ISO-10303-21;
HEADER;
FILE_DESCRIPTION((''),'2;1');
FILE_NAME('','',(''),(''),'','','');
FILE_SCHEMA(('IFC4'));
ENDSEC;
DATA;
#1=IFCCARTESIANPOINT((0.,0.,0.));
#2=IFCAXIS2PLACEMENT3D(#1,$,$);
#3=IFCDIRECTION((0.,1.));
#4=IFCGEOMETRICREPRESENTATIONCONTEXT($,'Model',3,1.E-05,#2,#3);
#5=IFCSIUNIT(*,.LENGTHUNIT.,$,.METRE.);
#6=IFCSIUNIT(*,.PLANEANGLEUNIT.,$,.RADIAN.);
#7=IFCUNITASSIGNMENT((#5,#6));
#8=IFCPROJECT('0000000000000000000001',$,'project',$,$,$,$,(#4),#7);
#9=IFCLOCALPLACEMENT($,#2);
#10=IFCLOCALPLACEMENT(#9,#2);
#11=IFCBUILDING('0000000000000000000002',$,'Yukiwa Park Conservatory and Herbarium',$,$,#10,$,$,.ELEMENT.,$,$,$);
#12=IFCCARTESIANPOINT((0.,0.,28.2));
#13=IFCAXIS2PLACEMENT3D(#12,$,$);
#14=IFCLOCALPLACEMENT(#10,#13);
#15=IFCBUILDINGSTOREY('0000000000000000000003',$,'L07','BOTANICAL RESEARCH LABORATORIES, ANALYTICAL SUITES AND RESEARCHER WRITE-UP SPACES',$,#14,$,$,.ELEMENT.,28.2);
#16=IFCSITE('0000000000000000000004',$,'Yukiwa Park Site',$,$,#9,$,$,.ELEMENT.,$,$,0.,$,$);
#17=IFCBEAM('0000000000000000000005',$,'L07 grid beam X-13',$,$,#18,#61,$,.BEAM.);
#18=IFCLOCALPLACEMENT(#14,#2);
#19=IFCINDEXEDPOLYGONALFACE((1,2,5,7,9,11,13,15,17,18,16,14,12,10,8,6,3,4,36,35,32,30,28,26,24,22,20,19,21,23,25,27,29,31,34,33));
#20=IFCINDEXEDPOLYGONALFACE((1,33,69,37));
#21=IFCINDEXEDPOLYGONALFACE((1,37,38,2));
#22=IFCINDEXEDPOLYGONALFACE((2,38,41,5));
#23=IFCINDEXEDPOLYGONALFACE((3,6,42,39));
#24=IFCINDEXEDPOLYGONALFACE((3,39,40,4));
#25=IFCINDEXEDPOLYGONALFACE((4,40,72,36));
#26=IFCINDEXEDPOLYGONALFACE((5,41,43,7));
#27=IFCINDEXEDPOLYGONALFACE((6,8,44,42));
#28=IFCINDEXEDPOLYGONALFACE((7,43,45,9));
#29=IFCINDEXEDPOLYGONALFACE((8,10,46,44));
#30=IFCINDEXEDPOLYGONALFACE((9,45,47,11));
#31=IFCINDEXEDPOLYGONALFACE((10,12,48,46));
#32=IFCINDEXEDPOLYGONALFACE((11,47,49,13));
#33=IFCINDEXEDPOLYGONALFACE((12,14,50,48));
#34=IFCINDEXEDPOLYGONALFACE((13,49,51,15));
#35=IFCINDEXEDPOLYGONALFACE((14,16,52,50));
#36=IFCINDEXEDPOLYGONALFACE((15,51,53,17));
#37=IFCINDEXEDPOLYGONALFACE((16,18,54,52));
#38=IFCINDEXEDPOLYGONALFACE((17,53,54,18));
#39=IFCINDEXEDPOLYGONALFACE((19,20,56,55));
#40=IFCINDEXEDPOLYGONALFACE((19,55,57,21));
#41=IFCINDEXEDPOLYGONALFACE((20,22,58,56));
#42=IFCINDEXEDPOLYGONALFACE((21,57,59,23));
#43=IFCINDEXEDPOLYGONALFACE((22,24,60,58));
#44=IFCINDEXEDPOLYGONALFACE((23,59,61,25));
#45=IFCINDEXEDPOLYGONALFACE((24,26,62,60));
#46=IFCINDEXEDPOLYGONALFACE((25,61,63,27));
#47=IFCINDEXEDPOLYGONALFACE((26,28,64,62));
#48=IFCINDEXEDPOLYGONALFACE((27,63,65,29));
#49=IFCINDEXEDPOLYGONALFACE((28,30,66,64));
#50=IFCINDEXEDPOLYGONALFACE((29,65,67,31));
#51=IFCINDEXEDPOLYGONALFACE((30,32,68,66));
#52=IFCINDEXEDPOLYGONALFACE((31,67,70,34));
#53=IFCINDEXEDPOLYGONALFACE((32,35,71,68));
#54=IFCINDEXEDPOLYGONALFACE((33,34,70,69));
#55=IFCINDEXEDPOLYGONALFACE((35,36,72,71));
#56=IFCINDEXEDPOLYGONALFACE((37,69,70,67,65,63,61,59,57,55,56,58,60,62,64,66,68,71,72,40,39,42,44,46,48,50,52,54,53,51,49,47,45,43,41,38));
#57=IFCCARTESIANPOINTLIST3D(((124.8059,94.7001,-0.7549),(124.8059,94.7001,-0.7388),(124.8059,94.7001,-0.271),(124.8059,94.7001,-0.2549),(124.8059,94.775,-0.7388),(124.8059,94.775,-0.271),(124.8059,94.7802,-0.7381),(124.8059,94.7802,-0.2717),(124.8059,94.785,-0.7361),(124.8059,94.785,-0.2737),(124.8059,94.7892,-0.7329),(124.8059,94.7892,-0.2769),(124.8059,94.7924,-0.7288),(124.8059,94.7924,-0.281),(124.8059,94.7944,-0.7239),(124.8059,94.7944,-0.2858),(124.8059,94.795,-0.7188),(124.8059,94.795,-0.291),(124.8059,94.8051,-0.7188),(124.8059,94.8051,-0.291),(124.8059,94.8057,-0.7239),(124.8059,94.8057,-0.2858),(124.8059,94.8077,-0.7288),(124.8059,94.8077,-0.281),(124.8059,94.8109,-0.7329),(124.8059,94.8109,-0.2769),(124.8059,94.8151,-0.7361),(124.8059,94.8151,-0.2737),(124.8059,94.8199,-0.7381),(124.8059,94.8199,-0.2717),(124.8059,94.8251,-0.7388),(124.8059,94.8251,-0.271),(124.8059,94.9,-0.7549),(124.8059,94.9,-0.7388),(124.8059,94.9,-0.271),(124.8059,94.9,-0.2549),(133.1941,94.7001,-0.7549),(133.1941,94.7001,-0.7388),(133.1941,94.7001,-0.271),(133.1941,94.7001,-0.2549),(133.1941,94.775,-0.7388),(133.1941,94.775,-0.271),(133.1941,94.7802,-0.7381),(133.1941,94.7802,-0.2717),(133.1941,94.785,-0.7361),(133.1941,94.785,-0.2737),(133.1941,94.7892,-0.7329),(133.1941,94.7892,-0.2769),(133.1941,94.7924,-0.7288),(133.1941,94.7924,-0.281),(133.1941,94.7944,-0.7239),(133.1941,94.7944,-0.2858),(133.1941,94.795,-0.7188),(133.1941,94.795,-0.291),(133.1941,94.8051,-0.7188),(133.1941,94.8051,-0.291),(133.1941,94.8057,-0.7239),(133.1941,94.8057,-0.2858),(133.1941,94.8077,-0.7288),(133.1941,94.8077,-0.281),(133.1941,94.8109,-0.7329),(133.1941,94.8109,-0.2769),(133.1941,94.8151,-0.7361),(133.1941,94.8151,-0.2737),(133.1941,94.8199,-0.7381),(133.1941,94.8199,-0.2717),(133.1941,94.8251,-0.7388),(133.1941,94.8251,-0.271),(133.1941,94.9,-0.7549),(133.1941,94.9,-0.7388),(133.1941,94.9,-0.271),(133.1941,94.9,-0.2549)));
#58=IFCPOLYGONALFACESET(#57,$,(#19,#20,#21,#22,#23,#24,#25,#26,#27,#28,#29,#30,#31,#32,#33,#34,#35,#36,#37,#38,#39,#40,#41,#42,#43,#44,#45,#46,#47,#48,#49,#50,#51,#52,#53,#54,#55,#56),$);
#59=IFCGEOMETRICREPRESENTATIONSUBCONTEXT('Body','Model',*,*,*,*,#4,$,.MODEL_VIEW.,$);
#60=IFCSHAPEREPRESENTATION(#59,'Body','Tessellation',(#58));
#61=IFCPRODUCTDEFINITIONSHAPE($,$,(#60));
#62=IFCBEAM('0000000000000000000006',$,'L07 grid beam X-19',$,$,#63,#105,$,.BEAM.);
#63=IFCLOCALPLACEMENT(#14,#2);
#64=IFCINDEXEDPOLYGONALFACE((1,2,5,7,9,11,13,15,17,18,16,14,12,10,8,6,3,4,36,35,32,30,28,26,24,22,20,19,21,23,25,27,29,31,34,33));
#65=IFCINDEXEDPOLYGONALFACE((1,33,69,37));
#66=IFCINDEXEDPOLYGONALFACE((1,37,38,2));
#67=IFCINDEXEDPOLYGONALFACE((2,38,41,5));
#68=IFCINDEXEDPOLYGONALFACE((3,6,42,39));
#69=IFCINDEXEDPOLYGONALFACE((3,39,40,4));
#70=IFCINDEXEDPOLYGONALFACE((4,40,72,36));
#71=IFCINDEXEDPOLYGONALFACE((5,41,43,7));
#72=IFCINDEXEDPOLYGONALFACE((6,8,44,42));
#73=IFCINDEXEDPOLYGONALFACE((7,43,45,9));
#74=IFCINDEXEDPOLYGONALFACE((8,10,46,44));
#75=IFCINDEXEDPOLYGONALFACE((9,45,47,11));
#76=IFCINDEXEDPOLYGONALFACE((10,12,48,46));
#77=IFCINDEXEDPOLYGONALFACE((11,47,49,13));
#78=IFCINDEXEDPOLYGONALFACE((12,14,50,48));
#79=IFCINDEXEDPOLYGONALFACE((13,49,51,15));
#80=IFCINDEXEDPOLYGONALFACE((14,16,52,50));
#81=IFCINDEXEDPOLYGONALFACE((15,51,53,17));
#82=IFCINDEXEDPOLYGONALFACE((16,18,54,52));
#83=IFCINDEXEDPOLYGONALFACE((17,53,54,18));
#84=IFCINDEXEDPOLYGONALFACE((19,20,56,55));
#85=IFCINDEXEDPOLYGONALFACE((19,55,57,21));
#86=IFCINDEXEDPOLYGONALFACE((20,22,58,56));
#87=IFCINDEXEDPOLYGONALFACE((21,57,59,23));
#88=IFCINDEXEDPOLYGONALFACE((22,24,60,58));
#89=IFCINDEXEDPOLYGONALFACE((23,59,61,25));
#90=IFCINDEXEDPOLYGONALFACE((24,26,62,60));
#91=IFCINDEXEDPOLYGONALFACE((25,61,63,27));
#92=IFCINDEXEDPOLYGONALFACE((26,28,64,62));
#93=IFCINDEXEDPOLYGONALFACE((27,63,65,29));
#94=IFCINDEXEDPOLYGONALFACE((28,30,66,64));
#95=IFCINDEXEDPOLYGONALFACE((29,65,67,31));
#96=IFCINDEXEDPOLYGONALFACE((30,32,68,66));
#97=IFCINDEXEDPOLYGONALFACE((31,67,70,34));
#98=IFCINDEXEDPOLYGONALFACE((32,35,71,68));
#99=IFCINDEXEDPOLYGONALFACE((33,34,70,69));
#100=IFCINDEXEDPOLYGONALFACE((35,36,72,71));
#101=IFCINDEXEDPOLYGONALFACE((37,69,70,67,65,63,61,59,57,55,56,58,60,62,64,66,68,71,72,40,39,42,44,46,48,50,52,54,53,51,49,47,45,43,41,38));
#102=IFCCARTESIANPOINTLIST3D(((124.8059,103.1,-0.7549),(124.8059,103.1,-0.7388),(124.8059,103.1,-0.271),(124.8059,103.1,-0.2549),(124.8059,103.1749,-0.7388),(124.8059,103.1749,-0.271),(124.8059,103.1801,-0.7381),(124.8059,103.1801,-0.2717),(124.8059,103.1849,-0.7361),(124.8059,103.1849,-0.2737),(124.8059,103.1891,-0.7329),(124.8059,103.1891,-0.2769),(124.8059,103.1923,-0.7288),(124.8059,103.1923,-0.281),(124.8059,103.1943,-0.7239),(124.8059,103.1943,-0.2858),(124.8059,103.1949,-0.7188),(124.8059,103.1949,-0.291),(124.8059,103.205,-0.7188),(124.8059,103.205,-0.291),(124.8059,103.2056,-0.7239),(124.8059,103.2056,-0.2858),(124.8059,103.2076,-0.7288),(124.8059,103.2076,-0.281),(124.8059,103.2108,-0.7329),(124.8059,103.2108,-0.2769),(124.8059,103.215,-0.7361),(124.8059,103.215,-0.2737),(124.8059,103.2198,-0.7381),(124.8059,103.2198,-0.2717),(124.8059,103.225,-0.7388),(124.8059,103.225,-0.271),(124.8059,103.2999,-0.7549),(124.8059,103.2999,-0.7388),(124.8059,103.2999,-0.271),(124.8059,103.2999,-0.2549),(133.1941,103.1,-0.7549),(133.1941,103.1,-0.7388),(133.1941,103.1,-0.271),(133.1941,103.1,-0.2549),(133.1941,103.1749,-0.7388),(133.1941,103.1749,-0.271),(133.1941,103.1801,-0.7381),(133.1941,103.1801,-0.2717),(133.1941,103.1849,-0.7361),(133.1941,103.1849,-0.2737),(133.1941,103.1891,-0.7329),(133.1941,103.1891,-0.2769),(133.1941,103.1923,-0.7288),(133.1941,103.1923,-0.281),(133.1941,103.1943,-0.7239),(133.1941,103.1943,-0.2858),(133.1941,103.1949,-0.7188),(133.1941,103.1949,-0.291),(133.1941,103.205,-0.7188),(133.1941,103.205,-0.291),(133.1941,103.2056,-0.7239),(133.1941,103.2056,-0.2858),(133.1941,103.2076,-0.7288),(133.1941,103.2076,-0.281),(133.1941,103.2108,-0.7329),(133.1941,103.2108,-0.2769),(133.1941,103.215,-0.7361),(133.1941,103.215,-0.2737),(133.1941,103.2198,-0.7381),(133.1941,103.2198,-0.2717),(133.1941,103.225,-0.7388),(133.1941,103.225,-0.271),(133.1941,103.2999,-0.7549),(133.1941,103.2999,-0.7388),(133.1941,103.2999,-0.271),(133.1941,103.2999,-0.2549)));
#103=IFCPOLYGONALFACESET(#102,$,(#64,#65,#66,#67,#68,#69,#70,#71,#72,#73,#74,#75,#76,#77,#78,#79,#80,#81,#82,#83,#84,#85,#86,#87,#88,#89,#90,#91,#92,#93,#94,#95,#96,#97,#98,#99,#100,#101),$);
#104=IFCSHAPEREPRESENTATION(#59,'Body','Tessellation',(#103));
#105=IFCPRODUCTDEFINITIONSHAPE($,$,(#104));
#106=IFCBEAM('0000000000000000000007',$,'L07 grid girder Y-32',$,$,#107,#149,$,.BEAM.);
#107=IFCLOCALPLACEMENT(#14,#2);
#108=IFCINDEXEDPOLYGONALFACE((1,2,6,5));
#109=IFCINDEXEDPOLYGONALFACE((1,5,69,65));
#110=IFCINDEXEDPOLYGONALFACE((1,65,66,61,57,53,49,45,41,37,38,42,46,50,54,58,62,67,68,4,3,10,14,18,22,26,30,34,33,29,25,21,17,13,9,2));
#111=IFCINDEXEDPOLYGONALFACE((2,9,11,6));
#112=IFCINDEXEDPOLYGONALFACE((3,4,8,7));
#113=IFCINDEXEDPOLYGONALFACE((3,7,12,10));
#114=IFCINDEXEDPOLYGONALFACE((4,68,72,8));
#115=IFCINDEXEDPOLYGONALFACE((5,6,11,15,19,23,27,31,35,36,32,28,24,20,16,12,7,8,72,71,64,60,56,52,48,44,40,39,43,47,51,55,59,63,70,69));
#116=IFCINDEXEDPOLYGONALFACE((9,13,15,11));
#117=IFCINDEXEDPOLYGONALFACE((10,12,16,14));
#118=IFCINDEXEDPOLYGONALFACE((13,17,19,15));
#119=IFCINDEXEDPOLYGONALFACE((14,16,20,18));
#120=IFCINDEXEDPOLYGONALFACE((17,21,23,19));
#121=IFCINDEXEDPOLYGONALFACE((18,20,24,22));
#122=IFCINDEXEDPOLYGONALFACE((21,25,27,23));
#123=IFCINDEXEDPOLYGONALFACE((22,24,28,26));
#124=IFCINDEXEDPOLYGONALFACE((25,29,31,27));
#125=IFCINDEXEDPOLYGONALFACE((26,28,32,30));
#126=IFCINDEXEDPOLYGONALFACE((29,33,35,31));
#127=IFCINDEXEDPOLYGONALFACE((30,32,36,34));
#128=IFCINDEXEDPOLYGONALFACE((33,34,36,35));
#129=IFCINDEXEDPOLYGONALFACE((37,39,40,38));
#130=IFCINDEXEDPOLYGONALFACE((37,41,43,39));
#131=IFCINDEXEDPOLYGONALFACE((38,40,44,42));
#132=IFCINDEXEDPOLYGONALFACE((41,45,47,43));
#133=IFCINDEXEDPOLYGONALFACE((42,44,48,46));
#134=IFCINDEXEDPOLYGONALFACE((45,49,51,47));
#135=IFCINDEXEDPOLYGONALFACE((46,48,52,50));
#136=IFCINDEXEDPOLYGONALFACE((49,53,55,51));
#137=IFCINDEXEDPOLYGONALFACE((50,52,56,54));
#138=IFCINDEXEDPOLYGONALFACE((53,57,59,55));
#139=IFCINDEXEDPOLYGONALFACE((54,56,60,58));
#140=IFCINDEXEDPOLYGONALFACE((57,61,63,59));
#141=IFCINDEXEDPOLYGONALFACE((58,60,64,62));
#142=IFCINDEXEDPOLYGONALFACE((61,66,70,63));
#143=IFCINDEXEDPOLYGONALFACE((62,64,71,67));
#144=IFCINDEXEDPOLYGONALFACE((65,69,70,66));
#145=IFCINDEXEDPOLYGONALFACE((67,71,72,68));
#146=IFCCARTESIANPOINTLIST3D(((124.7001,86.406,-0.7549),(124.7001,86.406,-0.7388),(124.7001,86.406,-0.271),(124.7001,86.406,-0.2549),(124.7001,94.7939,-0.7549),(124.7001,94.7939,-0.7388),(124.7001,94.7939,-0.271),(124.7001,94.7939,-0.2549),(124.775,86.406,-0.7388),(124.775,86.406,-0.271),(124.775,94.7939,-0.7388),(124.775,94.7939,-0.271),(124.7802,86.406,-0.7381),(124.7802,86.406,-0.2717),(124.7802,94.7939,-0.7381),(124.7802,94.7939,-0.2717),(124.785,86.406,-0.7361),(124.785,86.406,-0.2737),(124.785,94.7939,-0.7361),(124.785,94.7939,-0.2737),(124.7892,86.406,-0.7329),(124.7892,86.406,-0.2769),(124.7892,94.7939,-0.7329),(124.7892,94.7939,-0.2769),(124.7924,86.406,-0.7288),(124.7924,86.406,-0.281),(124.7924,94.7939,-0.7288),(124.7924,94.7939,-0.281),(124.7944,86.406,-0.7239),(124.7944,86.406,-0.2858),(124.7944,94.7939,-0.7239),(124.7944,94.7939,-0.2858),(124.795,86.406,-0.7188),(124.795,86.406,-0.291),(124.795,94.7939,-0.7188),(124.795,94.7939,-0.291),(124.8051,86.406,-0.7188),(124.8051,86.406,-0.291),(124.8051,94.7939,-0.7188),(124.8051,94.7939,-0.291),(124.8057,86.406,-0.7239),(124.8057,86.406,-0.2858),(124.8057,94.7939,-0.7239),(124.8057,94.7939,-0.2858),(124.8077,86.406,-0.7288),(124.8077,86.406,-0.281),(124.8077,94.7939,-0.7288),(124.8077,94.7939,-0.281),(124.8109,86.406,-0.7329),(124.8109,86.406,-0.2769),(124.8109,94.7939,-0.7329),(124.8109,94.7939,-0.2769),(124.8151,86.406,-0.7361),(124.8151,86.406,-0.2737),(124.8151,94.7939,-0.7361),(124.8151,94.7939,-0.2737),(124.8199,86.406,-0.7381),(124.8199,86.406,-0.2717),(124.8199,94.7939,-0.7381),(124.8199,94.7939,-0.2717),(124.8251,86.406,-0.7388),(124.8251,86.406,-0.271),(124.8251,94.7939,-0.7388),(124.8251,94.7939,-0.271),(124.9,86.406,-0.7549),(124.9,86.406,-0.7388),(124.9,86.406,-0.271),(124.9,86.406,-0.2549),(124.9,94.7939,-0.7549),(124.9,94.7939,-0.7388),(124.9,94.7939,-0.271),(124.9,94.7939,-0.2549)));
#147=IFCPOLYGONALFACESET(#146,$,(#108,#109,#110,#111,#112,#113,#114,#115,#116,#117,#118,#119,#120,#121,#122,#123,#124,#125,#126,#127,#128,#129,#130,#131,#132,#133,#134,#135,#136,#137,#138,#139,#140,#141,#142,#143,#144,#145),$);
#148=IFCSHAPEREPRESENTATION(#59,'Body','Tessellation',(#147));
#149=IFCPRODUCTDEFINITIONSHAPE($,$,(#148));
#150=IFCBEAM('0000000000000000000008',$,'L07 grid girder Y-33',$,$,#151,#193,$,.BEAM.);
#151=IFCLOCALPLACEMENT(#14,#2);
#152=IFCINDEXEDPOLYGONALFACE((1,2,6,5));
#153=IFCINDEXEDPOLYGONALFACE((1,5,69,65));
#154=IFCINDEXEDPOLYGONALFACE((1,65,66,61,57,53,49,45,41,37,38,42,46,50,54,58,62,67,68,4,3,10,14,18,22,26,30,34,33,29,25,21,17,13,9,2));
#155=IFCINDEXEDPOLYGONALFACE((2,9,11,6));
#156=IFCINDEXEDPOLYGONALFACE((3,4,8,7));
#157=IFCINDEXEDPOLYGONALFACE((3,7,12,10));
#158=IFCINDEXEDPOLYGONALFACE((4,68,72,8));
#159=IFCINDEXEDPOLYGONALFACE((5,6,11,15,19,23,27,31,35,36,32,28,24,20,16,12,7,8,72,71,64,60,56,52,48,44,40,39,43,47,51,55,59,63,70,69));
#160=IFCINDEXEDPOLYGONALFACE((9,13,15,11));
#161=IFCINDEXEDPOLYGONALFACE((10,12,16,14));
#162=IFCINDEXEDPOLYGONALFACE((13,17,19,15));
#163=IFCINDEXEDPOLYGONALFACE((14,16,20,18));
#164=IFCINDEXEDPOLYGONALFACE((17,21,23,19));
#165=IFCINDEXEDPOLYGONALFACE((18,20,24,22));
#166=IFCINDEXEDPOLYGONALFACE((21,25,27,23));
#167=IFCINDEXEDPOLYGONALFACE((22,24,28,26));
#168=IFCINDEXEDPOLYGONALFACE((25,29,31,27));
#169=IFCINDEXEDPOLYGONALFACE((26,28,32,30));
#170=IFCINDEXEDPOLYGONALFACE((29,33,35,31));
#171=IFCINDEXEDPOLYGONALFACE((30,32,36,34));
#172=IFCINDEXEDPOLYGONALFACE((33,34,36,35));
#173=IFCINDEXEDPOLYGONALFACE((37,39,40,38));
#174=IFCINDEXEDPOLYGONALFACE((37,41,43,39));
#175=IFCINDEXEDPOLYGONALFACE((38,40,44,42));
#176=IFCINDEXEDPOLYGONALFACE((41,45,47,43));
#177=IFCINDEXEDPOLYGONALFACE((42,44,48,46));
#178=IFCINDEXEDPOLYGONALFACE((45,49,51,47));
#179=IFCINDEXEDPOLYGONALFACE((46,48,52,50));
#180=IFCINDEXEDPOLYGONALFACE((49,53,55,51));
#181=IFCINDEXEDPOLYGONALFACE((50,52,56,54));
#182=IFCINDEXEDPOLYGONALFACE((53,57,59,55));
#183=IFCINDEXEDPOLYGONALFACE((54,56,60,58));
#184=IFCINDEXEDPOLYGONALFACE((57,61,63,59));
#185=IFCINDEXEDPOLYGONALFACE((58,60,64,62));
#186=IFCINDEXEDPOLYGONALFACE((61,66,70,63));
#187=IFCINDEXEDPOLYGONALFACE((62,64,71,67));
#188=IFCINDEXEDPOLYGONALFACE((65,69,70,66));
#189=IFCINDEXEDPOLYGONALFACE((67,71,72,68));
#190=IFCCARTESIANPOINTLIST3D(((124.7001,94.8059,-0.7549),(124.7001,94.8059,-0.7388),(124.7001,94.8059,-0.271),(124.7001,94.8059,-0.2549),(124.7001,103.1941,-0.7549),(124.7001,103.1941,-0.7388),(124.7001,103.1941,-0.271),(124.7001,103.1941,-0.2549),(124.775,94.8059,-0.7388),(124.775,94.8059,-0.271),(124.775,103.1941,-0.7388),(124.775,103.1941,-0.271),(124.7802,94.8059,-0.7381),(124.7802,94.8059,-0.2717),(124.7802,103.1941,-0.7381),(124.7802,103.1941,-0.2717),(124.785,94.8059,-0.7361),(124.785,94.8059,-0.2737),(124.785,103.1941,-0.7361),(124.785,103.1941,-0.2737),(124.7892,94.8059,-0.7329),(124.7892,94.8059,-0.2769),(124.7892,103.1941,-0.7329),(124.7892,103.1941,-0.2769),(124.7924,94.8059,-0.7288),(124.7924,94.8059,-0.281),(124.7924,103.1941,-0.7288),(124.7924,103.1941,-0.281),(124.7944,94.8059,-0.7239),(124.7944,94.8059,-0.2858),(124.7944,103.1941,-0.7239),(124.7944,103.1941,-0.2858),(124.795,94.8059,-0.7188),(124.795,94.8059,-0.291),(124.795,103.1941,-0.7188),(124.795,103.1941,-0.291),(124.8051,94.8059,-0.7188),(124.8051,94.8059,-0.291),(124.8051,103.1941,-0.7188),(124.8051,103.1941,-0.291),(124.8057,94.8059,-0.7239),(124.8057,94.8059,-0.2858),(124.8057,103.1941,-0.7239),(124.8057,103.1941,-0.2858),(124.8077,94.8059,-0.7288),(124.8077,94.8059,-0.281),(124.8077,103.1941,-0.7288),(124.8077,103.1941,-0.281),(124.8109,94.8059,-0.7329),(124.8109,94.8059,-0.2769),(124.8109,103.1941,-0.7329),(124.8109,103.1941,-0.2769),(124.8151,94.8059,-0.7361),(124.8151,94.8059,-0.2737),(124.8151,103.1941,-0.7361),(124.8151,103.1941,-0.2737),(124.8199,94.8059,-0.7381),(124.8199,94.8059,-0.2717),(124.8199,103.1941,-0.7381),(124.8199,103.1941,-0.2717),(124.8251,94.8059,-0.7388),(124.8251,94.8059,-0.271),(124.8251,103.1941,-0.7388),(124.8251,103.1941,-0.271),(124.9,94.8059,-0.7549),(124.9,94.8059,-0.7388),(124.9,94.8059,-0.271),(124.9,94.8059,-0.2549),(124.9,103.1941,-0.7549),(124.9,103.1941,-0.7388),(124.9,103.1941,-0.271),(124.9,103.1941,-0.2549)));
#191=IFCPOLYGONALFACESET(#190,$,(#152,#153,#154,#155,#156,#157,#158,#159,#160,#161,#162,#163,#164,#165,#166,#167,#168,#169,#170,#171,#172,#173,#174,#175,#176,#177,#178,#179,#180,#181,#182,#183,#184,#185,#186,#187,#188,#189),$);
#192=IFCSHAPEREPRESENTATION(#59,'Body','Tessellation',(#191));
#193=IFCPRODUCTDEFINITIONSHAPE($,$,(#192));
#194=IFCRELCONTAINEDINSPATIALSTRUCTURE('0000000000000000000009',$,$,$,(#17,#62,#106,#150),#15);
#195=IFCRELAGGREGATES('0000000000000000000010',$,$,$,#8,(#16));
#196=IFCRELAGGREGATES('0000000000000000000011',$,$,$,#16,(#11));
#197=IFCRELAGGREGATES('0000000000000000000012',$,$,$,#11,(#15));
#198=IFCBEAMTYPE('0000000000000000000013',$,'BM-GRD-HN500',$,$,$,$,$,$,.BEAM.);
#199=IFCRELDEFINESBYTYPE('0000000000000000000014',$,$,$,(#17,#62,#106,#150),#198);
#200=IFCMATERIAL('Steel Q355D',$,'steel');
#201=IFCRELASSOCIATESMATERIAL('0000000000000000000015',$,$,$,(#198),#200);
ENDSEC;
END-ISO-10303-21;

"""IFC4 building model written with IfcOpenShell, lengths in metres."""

from ifc_helpers import new_model, si_unit, direction, frame, origin, origin_2d, place, context, subcontext, project, spatial, i_section, extrude, material, material_profile, profile_set, type_object, element, save


model = new_model("IFC4")

# Units and contexts
model_context = context("Model", 3, precision=1e-05, world=origin(), true_north=direction((0.0, 1.0)))
body_context = subcontext(model_context, "Body", "Model", "MODEL_VIEW")
ifc_project = project(units=[si_unit("LENGTHUNIT", "METRE"), si_unit("PLANEANGLEUNIT", "RADIAN")], contexts=[model_context])

# Site, building, storey
site_placement = place(None, origin())
site = spatial("IfcSite", under=ifc_project, at=site_placement, Name="Yukiwa Park Site", CompositionType="ELEMENT", RefElevation=0.0)
building_placement = place(site_placement, origin())
building = spatial("IfcBuilding", under=site, at=building_placement, Name="Yukiwa Park Conservatory and Herbarium", CompositionType="ELEMENT")
storey_placement = place(building_placement, frame((0.0, 0.0, 28.2)))
storey = spatial("IfcBuildingStorey", under=building, at=storey_placement, Name="L07", Description="BOTANICAL RESEARCH LABORATORIES, ANALYTICAL SUITES AND RESEARCHER WRITE-UP SPACES", CompositionType="ELEMENT", Elevation=28.2)

# Beams
ifc_material_1 = material(Name="Steel Q355D", Category="steel")
ifc_material_profile_1 = material_profile(ifc_material_1, i_section(OverallWidth=0.2, OverallDepth=0.5, WebThickness=0.01, FlangeThickness=0.0161, FilletRadius=0.02, at=origin_2d()), Name="HN 500x200x10x16")
ifc_profile_set_1 = profile_set([ifc_material_profile_1], Name="Steel Q355D")
beam_type_1 = type_object("IfcBeamType", Name="BM-GRD-HN500", PredefinedType="BEAM", material=ifc_profile_set_1)
for number, where, z_axis, x_axis, name in (
    (1, (124.8059, 94.8, -0.5049), (1.0, 0.0, 0.0), (0.0, 1.0, 0.0), "L07 grid beam X-13"),
    (2, (124.8059, 103.2, -0.5049), (1.0, 0.0, 0.0), (0.0, 1.0, 0.0), "L07 grid beam X-19"),
):
    element("IfcBeam", number, at=place(storey_placement, frame(where, z_axis=z_axis, x_axis=x_axis)), inside=storey, type_object=beam_type_1, Name=name, PredefinedType="BEAM", context=body_context, shape_type="SweptSolid", body=[
        extrude(i_section(OverallWidth=0.2, OverallDepth=0.5, WebThickness=0.01, FlangeThickness=0.0161, FilletRadius=0.02, at=origin_2d()), origin(), (0.0, 0.0, 1.0), 8.3882),
    ])
beam_1_placement = place(storey_placement, frame((124.8, 86.406, -0.5049), z_axis=(0.0, 1.0, 0.0), x_axis=(-1.0, 0.0, 0.0)))
element("IfcBeam", 3, at=beam_1_placement, inside=storey, type_object=beam_type_1, Name="L07 grid girder Y-32", PredefinedType="BEAM", context=body_context, shape_type="SweptSolid", body=[
    extrude(i_section(OverallWidth=0.2, OverallDepth=0.5, WebThickness=0.01, FlangeThickness=0.0161, FilletRadius=0.02, at=origin_2d()), origin(), (0.0, 0.0, 1.0), 8.3879),
])
beam_2_placement = place(storey_placement, frame((124.8, 94.8059, -0.5049), z_axis=(0.0, 1.0, 0.0), x_axis=(-1.0, 0.0, 0.0)))
element("IfcBeam", 4, at=beam_2_placement, inside=storey, type_object=beam_type_1, Name="L07 grid girder Y-33", PredefinedType="BEAM", context=body_context, shape_type="SweptSolid", body=[
    extrude(i_section(OverallWidth=0.2, OverallDepth=0.5, WebThickness=0.01, FlangeThickness=0.0161, FilletRadius=0.02, at=origin_2d()), origin(), (0.0, 0.0, 1.0), 8.3882),
])

save(model, "model.ifc")
